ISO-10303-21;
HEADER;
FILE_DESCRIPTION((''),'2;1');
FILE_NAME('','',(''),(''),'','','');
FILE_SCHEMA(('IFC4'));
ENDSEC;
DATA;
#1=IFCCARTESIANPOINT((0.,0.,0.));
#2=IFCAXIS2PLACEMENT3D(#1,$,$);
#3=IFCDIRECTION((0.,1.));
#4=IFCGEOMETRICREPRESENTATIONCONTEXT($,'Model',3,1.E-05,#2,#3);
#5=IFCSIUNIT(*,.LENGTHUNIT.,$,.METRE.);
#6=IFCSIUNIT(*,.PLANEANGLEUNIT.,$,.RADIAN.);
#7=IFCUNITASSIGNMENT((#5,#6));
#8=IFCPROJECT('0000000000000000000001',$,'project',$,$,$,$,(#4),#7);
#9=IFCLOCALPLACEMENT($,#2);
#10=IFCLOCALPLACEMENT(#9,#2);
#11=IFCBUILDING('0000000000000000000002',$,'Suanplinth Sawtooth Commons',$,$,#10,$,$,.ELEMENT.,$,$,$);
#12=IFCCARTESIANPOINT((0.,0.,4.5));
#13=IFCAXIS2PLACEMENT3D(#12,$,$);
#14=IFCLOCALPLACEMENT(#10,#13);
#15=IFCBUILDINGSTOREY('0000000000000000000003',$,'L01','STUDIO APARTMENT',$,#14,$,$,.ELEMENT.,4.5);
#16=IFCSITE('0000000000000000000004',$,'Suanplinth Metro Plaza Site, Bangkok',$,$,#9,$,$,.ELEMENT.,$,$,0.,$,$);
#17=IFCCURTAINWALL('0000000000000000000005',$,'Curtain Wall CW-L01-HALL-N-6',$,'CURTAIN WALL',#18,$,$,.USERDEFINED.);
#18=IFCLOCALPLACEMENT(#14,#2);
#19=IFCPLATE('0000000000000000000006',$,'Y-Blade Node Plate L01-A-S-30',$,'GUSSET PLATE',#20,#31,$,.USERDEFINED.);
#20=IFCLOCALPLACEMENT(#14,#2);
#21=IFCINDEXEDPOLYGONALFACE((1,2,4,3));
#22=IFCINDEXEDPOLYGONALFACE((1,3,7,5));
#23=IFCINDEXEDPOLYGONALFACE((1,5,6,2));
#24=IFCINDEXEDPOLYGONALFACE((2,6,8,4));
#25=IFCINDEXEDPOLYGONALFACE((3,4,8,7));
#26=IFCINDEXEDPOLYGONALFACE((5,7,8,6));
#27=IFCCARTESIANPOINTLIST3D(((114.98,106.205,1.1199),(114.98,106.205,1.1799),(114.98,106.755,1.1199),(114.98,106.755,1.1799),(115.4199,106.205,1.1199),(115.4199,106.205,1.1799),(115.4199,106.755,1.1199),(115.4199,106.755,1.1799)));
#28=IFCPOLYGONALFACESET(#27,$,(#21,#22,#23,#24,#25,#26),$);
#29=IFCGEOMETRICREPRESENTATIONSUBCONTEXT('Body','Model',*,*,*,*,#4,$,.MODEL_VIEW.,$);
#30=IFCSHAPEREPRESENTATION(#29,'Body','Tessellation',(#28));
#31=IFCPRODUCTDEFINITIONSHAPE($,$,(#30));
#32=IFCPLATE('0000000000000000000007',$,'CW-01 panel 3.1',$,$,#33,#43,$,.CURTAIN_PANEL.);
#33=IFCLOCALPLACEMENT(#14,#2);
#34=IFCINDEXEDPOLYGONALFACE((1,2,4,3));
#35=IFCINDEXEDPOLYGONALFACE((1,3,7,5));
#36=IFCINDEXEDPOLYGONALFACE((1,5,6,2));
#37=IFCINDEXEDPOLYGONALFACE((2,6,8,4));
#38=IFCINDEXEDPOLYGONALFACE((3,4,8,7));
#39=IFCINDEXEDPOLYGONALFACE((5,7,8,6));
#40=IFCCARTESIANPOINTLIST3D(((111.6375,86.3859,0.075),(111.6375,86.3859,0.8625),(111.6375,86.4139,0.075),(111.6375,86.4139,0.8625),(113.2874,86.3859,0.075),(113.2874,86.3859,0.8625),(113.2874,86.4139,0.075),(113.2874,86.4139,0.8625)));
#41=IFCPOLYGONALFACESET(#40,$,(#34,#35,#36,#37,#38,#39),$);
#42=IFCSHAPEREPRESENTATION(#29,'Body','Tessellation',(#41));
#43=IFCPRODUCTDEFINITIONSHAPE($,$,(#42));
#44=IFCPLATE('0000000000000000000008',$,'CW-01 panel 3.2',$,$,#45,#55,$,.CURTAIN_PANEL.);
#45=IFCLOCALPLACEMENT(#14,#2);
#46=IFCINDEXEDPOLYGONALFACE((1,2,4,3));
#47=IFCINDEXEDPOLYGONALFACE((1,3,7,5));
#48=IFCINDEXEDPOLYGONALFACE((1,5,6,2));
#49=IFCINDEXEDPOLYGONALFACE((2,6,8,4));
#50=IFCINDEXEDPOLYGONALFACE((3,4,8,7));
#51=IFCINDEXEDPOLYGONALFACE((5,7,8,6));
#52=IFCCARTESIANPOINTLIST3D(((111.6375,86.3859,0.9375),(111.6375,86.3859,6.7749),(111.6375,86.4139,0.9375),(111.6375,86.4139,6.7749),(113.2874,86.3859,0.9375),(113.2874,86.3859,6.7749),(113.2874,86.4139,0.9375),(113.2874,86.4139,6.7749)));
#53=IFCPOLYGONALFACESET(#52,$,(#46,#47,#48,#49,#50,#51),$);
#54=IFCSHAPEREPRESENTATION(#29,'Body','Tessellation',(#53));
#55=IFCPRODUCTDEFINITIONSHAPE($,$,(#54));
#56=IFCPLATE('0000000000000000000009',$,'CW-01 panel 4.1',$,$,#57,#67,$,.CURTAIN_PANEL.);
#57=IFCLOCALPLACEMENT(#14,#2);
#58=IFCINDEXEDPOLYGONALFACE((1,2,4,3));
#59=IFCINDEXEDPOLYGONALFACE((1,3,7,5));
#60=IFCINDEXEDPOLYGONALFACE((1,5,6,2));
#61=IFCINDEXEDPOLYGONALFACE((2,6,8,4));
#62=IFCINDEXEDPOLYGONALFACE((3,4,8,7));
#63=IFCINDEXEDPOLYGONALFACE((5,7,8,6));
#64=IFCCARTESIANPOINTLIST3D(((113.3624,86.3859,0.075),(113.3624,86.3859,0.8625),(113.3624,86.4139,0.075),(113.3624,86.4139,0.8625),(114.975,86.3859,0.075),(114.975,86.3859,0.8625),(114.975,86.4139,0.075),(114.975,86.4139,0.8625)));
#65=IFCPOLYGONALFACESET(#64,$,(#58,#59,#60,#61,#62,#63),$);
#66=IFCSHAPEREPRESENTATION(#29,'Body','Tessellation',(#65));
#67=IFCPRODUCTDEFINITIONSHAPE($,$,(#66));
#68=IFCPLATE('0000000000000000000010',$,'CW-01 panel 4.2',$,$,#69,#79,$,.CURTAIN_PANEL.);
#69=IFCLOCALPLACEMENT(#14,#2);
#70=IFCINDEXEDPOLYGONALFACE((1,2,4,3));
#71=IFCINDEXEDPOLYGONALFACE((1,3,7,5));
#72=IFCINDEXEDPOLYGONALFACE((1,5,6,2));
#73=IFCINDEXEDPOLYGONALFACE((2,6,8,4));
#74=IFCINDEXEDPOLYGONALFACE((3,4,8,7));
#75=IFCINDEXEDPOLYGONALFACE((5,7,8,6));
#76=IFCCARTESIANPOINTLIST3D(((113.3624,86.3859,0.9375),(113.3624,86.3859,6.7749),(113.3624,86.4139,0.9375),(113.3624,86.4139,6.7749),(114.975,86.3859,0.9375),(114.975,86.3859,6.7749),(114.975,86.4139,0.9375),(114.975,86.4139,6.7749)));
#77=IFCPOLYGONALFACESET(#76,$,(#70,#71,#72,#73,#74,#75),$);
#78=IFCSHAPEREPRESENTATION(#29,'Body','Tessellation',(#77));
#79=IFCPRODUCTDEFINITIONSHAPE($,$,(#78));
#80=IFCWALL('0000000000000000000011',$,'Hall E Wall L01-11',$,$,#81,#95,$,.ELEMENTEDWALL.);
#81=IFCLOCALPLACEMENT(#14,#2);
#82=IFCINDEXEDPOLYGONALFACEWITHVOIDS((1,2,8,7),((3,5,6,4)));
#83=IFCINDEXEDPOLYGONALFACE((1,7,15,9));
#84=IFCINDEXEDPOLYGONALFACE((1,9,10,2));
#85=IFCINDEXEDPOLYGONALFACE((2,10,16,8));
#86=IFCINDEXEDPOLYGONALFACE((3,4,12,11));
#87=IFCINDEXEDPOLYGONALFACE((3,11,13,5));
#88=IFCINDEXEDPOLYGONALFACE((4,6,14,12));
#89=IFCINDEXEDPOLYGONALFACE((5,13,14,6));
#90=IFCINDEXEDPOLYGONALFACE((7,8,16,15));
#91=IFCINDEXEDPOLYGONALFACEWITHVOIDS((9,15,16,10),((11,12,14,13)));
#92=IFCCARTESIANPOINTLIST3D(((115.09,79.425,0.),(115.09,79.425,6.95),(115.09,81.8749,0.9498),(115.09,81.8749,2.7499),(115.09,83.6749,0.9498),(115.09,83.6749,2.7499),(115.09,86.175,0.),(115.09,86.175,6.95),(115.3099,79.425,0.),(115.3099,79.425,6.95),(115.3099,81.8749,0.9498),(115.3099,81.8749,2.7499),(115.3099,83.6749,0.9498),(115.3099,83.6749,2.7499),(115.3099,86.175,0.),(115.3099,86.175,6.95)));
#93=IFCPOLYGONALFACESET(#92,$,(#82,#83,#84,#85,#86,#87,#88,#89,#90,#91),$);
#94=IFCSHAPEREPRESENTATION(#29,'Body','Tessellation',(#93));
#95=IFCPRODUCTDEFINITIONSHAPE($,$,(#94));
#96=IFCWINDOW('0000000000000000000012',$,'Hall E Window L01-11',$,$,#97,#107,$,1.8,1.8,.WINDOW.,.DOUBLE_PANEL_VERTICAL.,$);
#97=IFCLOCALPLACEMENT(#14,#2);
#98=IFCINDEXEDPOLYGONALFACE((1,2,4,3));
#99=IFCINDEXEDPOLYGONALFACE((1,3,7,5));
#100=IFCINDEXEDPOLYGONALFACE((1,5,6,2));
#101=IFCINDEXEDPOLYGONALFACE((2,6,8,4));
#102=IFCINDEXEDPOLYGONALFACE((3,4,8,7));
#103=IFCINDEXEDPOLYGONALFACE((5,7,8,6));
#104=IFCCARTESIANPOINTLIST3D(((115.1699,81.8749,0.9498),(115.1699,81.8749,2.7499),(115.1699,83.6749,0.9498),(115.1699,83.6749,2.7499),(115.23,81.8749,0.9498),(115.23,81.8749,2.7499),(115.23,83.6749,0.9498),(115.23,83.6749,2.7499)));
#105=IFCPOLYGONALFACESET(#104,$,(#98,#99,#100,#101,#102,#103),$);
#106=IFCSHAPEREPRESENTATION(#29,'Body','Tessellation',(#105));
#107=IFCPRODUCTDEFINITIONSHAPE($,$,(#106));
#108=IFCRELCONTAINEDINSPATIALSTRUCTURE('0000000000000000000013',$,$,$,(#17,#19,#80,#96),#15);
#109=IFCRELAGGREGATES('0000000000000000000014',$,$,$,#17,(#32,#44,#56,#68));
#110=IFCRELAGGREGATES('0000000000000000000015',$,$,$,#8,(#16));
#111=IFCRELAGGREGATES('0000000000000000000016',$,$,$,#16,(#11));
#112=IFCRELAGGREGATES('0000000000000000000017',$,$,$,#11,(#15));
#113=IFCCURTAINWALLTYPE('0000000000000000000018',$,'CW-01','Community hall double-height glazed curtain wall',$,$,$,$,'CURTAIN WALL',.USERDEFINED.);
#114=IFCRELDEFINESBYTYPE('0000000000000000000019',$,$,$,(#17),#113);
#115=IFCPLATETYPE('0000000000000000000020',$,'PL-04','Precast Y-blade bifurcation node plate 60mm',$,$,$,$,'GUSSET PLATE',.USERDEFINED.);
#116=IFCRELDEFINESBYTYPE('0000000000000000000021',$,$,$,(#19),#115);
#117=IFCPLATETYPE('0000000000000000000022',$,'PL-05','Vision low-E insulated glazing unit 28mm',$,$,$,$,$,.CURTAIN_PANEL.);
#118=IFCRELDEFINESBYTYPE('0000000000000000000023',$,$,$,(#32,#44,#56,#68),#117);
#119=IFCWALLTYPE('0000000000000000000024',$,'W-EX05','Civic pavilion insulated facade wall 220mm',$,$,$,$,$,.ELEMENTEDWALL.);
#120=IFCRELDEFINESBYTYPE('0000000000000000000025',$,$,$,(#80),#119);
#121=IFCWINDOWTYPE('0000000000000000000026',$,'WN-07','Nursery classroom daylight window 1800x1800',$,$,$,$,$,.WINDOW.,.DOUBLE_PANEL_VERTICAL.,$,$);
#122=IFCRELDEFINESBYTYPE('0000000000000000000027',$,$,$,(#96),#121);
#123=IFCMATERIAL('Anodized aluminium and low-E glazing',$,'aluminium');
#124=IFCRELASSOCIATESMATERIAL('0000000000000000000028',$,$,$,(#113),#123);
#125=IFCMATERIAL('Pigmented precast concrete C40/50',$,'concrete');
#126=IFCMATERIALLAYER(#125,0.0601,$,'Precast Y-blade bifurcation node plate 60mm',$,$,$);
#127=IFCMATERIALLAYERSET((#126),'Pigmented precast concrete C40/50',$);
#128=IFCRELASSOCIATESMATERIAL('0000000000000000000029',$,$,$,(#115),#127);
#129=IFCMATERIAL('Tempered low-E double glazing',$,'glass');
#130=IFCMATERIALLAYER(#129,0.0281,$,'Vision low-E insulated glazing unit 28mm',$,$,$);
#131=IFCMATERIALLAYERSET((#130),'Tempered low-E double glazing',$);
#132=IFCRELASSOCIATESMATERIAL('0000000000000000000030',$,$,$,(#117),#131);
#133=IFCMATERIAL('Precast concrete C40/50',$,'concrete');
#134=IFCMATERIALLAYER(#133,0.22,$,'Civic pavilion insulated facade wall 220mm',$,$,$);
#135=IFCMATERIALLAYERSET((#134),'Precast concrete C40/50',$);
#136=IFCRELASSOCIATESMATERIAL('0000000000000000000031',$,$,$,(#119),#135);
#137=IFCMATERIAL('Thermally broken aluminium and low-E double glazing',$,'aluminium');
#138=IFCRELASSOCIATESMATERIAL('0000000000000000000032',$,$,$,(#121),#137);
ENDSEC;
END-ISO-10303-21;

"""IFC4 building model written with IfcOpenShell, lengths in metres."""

from ifc_helpers import new_model, si_unit, direction, frame, frame_2d, origin, origin_2d, place, context, subcontext, project, spatial, rectangle, extrude, material, layer, layer_set, type_object, element, fill, aggregate, save


model = new_model("IFC4")

# Units and contexts
model_context = context("Model", 3, precision=1e-05, world=origin(), true_north=direction((0.0, 1.0)))
body_context = subcontext(model_context, "Body", "Model", "MODEL_VIEW")
ifc_project = project(units=[si_unit("LENGTHUNIT", "METRE"), si_unit("PLANEANGLEUNIT", "RADIAN")], contexts=[model_context])

# Site, building, storey
site_placement = place(None, origin())
site = spatial("IfcSite", under=ifc_project, at=site_placement, Name="Suanplinth Metro Plaza Site, Bangkok", CompositionType="ELEMENT", RefElevation=0.0)
building_placement = place(site_placement, origin())
building = spatial("IfcBuilding", under=site, at=building_placement, Name="Suanplinth Sawtooth Commons", CompositionType="ELEMENT")
storey_placement = place(building_placement, frame((0.0, 0.0, 4.5)))
storey = spatial("IfcBuildingStorey", under=building, at=storey_placement, Name="L01", Description="STUDIO APARTMENT", CompositionType="ELEMENT", Elevation=4.5)

# Shared definitions
ifc_material_1 = material(Name="Precast concrete C40/50", Category="concrete")

# Shared definitions
ifc_material_2 = material(Name="Pigmented precast concrete C40/50", Category="concrete")

# Curtain wall
ifc_material_3 = material(Name="Anodized aluminium and low-E glazing", Category="aluminium")
curtain_wall_type = type_object("IfcCurtainWallType", Name="CW-01", Description="Community hall double-height glazed curtain wall", ElementType="CURTAIN WALL", PredefinedType="USERDEFINED", material=ifc_material_3)
curtain_wall_placement = place(storey_placement, origin())
curtain_wall = element("IfcCurtainWall", 1, at=curtain_wall_placement, inside=storey, type_object=curtain_wall_type, Name="Curtain Wall CW-L01-HALL-N-6", ObjectType="CURTAIN WALL", PredefinedType="USERDEFINED")

# Plates
ifc_layer_1 = layer(ifc_material_2, 0.0601, Name="Precast Y-blade bifurcation node plate 60mm")
ifc_layer_set_1 = layer_set([ifc_layer_1], Name="Pigmented precast concrete C40/50")
plate_type_1 = type_object("IfcPlateType", Name="PL-04", Description="Precast Y-blade bifurcation node plate 60mm", ElementType="GUSSET PLATE", PredefinedType="USERDEFINED", material=ifc_layer_set_1)
plate_1_placement = place(storey_placement, frame((115.2, 106.48, 1.1199), z_axis=(0.0, 0.0, 1.0), x_axis=(1.0, 0.0, 0.0)))
element("IfcPlate", 2, at=plate_1_placement, inside=storey, type_object=plate_type_1, Name="Y-Blade Node Plate L01-A-S-30", ObjectType="GUSSET PLATE", PredefinedType="USERDEFINED", context=body_context, shape_type="SweptSolid", body=[
    extrude(rectangle(XDim=0.4399, YDim=0.55, at=origin_2d()), origin(), (0.0, 0.0, 1.0), 0.0601),
])
ifc_material_4 = material(Name="Tempered low-E double glazing", Category="glass")
ifc_layer_2 = layer(ifc_material_4, 0.0281, Name="Vision low-E insulated glazing unit 28mm")
ifc_layer_set_2 = layer_set([ifc_layer_2], Name="Tempered low-E double glazing")
plate_type_2 = type_object("IfcPlateType", Name="PL-05", Description="Vision low-E insulated glazing unit 28mm", PredefinedType="CURTAIN_PANEL", material=ifc_layer_set_2)
plate_2_placement = place(storey_placement, frame((112.4624, 86.3999, 0.075), z_axis=(0.0, 0.0, 1.0), x_axis=(1.0, 0.0, 0.0)))
plate_2 = element("IfcPlate", 3, at=plate_2_placement, type_object=plate_type_2, Name="CW-01 panel 3.1", PredefinedType="CURTAIN_PANEL", context=body_context, shape_type="SweptSolid", body=[
    extrude(rectangle(XDim=1.6499, YDim=0.0281, at=origin_2d()), origin(), (0.0, 0.0, 1.0), 0.7876),
])
plate_3_placement = place(storey_placement, frame((112.4624, 86.3999, 0.9375), z_axis=(0.0, 0.0, 1.0), x_axis=(1.0, 0.0, 0.0)))
plate_3 = element("IfcPlate", 4, at=plate_3_placement, type_object=plate_type_2, Name="CW-01 panel 3.2", PredefinedType="CURTAIN_PANEL", context=body_context, shape_type="SweptSolid", body=[
    extrude(rectangle(XDim=1.6499, YDim=0.0281, at=origin_2d()), origin(), (0.0, 0.0, 1.0), 5.8374),
])
plate_4_placement = place(storey_placement, frame((114.1687, 86.3999, 0.075), z_axis=(0.0, 0.0, 1.0), x_axis=(1.0, 0.0, 0.0)))
plate_4 = element("IfcPlate", 5, at=plate_4_placement, type_object=plate_type_2, Name="CW-01 panel 4.1", PredefinedType="CURTAIN_PANEL", context=body_context, shape_type="SweptSolid", body=[
    extrude(rectangle(XDim=1.6125, YDim=0.0281, at=origin_2d()), origin(), (0.0, 0.0, 1.0), 0.7876),
])
plate_5_placement = place(storey_placement, frame((114.1687, 86.3999, 0.9375), z_axis=(0.0, 0.0, 1.0), x_axis=(1.0, 0.0, 0.0)))
plate_5 = element("IfcPlate", 6, at=plate_5_placement, type_object=plate_type_2, Name="CW-01 panel 4.2", PredefinedType="CURTAIN_PANEL", context=body_context, shape_type="SweptSolid", body=[
    extrude(rectangle(XDim=1.6125, YDim=0.0281, at=origin_2d()), origin(), (0.0, 0.0, 1.0), 5.8374),
])
aggregate(curtain_wall, [plate_2, plate_3, plate_4, plate_5])

# Wall, opening, window
ifc_layer_3 = layer(ifc_material_1, 0.22, Name="Civic pavilion insulated facade wall 220mm")
ifc_layer_set_3 = layer_set([ifc_layer_3], Name="Precast concrete C40/50")
wall_type = type_object("IfcWallType", Name="W-EX05", Description="Civic pavilion insulated facade wall 220mm", PredefinedType="ELEMENTEDWALL", material=ifc_layer_set_3)
wall_placement = place(storey_placement, frame((115.2, 79.425, 0.0), z_axis=(0.0, 0.0, 1.0), x_axis=(0.0, 1.0, 0.0)))
wall = element("IfcWall", 7, at=wall_placement, inside=storey, type_object=wall_type, Name="Hall E Wall L01-11", PredefinedType="ELEMENTEDWALL", context=body_context, shape_type="SweptSolid", body=[
    extrude(rectangle(XDim=6.75, YDim=0.22, at=frame_2d((3.375, 0.0))), origin(), (0.0, 0.0, 1.0), 6.95),
])
opening_placement = place(wall_placement, frame((2.45, 0.0, 0.95)))
opening = element("IfcOpeningElement", 8, at=opening_placement, cuts=wall, PredefinedType="OPENING", context=body_context, shape_type="SweptSolid", body=[
    extrude(rectangle(XDim=1.8, YDim=1.8, at=frame_2d((0.8999, 0.8999))), frame((0.0, 0.125, 0.0), z_axis=(0.0, -1.0, 0.0), x_axis=(1.0, 0.0, 0.0)), (0.0, 0.0, 1.0), 0.2498),
])
ifc_material_5 = material(Name="Thermally broken aluminium and low-E double glazing", Category="aluminium")
window_type = type_object("IfcWindowType", Name="WN-07", Description="Nursery classroom daylight window 1800x1800", PartitioningType="DOUBLE_PANEL_VERTICAL", PredefinedType="WINDOW", material=ifc_material_5)
window_placement = place(opening_placement, origin())
window = element("IfcWindow", 9, at=window_placement, inside=storey, type_object=window_type, Name="Hall E Window L01-11", OverallHeight=1.8, OverallWidth=1.8, PartitioningType="DOUBLE_PANEL_VERTICAL", PredefinedType="WINDOW", context=body_context, shape_type="SweptSolid", body=[
    extrude(rectangle(XDim=1.8, YDim=1.8, at=frame_2d((0.8999, 0.8999))), frame((0.0, 0.03, 0.0), z_axis=(0.0, -1.0, 0.0), x_axis=(1.0, 0.0, 0.0)), (0.0, 0.0, 1.0), 0.0601),
])
fill(opening, window)

save(model, "model.ifc")
